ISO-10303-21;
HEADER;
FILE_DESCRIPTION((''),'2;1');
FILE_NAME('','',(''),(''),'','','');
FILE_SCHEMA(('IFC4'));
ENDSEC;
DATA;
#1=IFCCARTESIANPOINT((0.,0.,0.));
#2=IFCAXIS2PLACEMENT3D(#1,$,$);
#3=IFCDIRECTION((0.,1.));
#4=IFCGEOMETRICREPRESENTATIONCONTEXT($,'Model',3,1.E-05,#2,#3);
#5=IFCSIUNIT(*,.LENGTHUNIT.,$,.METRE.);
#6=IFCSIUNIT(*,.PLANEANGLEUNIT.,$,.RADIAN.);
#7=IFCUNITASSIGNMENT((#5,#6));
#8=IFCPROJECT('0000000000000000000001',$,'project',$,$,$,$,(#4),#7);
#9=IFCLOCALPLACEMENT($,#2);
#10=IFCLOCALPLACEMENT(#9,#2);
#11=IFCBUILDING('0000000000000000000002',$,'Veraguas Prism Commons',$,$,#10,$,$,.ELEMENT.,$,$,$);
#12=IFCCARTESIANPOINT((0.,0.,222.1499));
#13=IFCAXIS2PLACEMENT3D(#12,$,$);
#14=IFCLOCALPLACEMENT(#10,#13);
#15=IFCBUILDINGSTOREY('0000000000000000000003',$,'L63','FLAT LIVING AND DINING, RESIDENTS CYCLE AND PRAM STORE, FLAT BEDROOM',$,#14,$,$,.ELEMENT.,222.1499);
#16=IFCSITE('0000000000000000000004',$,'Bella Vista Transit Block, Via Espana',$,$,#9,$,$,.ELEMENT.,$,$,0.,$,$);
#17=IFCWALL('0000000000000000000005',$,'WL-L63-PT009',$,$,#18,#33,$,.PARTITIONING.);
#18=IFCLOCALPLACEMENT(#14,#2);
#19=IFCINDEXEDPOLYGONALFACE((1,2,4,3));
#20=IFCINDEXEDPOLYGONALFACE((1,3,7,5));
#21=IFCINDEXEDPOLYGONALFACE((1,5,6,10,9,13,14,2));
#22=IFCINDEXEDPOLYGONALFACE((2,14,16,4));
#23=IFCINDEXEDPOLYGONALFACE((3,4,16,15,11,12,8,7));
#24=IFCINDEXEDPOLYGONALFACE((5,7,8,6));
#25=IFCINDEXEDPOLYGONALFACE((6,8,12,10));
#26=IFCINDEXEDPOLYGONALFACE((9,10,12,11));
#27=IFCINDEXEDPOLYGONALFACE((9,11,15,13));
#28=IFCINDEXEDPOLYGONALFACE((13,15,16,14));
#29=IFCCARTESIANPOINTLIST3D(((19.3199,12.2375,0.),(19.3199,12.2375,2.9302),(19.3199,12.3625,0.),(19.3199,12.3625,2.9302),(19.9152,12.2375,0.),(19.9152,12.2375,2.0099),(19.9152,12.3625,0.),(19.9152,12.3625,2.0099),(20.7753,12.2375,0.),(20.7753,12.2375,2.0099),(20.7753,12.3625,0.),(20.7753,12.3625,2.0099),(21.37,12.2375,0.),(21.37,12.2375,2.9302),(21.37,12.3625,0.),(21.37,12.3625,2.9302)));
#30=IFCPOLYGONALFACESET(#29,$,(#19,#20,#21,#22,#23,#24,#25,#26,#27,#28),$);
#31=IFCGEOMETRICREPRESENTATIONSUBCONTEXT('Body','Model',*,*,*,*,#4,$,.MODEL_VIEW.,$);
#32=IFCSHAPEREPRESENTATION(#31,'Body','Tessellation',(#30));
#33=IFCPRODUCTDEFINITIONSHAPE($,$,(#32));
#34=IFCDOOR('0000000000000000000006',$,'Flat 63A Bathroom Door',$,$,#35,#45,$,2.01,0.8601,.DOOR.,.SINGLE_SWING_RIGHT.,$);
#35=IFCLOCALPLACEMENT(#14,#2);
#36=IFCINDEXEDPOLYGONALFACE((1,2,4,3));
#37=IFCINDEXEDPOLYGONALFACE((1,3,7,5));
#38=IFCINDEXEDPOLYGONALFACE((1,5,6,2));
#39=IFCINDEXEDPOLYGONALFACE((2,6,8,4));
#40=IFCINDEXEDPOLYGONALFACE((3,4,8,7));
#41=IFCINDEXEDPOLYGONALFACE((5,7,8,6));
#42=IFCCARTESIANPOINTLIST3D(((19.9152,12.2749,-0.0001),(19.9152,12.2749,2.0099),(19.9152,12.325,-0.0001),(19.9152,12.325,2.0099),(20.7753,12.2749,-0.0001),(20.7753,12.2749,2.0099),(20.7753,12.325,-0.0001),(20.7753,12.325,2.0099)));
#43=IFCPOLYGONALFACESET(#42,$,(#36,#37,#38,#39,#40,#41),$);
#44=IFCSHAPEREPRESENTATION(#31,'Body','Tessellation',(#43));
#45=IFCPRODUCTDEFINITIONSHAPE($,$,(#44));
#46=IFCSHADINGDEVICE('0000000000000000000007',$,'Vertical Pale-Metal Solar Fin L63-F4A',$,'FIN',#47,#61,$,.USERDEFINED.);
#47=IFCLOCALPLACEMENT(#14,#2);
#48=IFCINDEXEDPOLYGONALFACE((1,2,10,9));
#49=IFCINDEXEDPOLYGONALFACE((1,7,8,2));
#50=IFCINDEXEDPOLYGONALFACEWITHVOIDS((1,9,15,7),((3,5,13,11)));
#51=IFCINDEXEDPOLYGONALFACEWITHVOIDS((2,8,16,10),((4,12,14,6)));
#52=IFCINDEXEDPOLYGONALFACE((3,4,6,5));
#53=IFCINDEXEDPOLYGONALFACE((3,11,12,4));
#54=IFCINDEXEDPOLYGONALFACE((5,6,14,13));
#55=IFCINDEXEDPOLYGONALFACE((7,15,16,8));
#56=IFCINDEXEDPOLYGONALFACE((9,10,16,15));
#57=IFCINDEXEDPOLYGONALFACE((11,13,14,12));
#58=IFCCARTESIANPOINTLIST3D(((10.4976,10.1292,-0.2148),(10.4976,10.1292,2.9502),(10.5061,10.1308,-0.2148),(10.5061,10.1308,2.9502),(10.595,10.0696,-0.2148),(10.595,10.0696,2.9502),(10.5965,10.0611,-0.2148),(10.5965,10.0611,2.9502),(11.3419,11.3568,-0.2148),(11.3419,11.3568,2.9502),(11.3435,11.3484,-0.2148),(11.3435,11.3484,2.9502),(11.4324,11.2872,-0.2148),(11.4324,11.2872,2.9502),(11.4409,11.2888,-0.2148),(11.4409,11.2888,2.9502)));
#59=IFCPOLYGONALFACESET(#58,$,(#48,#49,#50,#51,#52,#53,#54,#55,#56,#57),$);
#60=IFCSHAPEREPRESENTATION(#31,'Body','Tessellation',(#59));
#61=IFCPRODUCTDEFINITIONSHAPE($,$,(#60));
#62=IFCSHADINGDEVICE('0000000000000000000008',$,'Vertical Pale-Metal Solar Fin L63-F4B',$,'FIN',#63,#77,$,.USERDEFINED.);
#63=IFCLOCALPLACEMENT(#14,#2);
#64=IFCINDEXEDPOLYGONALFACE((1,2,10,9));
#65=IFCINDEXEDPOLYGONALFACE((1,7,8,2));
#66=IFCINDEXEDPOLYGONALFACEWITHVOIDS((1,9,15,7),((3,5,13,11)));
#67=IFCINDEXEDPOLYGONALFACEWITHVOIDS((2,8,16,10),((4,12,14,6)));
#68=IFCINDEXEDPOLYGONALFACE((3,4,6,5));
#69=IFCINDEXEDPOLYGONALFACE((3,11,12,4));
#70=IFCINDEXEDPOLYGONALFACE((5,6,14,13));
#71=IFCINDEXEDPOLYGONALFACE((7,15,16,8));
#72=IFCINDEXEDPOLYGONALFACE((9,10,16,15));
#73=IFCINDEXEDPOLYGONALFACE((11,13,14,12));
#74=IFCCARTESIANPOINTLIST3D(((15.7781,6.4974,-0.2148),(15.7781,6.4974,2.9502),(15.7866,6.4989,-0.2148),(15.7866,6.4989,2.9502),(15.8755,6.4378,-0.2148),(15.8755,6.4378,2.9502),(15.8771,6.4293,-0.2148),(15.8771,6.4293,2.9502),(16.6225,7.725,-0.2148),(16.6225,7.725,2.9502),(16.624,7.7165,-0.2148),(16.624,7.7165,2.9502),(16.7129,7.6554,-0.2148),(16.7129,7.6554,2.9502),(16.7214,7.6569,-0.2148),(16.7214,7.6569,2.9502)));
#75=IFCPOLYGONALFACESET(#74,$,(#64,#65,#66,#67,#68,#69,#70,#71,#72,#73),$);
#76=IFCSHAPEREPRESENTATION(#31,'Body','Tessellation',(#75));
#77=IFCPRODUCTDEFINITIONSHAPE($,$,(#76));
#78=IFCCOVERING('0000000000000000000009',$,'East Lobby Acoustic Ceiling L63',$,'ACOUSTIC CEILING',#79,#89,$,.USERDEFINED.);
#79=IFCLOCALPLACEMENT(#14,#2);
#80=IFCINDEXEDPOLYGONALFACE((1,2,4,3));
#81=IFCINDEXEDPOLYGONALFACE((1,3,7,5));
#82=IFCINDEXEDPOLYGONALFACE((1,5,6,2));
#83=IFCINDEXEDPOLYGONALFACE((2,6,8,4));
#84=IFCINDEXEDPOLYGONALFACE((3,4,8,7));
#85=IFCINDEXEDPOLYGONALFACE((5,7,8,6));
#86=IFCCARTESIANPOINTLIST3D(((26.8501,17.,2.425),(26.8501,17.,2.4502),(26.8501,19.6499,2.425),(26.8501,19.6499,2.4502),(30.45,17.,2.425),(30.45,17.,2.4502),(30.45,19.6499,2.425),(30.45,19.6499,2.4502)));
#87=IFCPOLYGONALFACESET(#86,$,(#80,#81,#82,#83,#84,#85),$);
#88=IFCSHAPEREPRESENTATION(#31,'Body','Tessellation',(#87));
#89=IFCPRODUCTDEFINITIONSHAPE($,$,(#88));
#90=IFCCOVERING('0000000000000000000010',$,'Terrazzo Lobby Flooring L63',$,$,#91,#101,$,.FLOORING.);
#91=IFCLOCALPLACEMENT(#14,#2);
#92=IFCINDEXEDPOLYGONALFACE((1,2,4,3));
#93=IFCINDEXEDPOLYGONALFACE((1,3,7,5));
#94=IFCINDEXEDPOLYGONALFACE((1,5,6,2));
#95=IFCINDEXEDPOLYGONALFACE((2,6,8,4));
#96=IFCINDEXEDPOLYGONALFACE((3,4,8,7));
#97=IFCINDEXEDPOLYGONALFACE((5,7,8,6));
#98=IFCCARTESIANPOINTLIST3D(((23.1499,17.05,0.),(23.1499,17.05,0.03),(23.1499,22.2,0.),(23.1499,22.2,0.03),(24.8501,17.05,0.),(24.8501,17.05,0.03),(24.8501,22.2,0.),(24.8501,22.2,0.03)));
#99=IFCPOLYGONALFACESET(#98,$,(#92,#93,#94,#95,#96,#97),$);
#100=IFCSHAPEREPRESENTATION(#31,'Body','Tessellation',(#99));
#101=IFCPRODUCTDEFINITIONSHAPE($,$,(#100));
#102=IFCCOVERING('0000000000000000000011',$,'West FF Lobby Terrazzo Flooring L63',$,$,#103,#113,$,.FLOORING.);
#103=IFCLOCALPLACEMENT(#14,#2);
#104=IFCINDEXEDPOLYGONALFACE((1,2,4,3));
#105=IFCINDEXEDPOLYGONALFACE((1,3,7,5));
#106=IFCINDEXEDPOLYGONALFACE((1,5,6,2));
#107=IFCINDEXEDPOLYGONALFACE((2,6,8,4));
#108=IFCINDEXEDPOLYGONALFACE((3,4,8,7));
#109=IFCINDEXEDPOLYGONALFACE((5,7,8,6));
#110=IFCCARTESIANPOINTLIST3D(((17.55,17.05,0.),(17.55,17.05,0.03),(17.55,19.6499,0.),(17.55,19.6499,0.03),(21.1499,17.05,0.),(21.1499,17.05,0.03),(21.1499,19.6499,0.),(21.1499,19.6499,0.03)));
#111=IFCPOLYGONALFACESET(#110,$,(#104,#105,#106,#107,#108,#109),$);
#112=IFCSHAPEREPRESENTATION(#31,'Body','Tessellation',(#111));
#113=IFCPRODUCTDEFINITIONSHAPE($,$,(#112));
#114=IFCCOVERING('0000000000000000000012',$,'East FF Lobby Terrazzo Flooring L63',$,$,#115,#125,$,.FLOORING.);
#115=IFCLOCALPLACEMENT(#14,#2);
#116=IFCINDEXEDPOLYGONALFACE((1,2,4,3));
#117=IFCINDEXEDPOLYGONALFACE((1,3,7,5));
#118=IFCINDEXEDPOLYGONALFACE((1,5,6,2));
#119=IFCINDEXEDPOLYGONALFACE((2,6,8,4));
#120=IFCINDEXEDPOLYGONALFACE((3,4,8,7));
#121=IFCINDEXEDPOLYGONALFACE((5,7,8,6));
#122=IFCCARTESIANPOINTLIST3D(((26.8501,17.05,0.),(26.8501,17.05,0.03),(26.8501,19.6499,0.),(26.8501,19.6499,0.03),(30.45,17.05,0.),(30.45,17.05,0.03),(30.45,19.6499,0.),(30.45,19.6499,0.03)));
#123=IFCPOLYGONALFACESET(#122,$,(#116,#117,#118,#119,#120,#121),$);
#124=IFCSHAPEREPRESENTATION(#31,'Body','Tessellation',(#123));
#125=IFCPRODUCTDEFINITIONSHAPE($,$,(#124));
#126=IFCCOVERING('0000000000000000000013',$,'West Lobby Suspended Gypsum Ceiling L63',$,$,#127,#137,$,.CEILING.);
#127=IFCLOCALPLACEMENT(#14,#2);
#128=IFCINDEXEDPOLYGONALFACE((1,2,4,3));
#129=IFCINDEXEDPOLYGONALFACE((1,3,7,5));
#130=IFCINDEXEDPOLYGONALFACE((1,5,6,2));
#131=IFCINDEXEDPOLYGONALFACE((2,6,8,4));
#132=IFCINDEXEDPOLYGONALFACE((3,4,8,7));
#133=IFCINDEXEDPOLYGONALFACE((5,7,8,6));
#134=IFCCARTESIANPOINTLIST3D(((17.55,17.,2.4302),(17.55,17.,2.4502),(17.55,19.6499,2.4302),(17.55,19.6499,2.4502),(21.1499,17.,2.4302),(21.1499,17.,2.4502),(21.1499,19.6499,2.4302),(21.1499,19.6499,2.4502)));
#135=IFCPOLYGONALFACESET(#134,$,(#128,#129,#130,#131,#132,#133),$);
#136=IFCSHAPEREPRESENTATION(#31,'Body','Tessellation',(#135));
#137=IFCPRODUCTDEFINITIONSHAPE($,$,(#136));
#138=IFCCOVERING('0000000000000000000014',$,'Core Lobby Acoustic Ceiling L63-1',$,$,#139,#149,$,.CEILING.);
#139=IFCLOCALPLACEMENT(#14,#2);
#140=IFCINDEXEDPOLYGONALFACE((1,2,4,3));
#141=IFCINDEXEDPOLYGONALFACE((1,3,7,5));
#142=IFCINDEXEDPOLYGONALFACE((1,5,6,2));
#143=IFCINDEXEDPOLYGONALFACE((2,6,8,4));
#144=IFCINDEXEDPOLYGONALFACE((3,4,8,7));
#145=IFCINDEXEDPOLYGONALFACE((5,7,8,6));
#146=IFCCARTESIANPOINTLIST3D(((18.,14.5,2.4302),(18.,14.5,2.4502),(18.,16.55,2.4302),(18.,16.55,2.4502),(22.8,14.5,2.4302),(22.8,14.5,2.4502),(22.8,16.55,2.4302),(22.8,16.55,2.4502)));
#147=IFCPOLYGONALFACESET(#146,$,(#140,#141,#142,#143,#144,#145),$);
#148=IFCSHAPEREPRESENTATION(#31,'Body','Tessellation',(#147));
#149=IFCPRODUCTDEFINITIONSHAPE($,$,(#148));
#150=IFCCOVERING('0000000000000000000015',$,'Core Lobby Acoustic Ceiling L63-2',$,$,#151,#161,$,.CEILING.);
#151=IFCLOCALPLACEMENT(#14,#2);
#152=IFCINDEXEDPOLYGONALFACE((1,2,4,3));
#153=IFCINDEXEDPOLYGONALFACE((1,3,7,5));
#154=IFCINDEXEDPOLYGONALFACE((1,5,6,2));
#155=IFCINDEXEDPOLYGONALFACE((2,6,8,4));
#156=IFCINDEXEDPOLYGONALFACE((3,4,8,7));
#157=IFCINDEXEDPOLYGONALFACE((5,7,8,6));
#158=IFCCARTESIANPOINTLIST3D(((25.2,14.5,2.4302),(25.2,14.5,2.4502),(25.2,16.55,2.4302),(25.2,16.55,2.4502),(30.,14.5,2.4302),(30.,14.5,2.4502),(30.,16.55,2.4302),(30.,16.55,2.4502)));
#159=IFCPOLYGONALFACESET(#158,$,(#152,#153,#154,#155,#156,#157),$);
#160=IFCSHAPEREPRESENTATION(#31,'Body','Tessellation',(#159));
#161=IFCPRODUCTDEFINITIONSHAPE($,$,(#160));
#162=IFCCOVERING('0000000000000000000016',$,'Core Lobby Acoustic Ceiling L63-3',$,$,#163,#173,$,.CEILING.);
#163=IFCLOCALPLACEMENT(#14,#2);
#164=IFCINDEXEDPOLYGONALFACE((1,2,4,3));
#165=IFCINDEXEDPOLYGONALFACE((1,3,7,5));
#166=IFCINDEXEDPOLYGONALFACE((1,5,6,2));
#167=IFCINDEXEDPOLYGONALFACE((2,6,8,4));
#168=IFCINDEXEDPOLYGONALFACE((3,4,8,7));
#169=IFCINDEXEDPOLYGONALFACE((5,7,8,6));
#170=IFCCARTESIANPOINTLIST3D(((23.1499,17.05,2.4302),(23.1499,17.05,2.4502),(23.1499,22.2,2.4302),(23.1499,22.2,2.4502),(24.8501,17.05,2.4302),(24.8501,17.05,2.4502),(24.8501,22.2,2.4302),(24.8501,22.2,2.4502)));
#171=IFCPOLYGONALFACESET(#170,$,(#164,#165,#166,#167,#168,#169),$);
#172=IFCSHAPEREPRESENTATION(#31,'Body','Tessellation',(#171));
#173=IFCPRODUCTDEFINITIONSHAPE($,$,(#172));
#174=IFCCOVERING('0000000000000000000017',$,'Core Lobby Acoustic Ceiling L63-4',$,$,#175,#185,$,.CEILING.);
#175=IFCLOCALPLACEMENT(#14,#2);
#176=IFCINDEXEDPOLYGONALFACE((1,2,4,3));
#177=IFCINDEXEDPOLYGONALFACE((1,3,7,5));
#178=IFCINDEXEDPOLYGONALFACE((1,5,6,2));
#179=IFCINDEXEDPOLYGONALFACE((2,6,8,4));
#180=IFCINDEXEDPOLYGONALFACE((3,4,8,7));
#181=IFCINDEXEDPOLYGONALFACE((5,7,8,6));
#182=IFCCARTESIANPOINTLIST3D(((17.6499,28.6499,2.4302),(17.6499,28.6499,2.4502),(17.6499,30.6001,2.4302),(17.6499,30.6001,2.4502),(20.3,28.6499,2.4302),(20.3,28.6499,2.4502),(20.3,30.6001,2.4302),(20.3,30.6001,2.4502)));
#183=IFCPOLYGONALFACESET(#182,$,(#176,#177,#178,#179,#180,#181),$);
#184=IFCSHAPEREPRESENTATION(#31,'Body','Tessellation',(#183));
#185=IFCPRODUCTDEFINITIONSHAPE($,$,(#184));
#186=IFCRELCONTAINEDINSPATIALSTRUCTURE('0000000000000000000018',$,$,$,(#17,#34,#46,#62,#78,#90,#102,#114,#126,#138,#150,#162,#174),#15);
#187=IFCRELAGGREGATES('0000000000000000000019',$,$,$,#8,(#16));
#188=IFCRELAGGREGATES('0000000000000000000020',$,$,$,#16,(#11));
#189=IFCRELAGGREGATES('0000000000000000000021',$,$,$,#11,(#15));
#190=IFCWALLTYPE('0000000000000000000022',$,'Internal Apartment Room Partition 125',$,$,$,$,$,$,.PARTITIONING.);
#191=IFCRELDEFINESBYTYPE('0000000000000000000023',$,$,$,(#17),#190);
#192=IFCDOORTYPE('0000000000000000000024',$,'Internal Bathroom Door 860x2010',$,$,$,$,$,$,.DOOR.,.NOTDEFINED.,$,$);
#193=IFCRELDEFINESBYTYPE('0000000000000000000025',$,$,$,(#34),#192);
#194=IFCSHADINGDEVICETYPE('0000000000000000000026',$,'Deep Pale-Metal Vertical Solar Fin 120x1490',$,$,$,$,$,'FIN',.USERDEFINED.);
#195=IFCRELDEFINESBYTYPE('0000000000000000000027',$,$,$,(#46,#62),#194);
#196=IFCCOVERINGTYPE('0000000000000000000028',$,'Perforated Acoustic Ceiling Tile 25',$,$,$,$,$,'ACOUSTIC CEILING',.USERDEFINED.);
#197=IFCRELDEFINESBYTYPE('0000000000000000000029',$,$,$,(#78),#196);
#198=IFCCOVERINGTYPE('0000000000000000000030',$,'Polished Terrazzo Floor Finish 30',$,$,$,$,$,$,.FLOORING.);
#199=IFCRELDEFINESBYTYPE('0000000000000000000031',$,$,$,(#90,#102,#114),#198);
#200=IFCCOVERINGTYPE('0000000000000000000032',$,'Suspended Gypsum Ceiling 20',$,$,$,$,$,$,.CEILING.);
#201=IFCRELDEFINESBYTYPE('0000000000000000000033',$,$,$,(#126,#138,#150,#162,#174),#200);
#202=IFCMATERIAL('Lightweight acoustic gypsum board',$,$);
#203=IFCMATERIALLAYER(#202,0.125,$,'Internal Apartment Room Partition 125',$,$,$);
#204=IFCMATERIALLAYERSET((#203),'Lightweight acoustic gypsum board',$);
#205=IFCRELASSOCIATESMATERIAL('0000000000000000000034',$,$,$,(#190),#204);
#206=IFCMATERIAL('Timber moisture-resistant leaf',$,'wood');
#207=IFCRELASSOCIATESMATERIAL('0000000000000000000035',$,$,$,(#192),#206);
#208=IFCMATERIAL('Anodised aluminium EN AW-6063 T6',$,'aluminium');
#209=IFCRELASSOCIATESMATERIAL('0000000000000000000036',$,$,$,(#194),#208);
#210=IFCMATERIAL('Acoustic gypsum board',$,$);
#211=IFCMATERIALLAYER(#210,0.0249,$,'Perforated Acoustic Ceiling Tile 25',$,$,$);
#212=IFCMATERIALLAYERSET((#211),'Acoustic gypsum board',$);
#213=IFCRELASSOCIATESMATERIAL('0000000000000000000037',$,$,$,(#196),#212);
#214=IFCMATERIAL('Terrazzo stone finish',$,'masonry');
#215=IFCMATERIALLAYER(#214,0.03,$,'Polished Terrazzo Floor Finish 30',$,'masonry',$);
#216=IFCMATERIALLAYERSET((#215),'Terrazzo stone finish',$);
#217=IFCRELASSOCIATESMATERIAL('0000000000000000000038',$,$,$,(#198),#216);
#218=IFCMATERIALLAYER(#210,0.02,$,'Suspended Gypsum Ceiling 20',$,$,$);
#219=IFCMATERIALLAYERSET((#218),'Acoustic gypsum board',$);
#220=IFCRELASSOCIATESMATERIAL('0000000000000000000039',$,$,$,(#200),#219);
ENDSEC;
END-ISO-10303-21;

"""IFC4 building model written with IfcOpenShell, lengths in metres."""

from ifc_helpers import new_model, si_unit, direction, frame, frame_2d, origin, origin_2d, place, context, subcontext, project, spatial, polyline, rectangle, hollow_rectangle, outline, extrude, source, transform, mapped, material, layer, layer_set, material_profile, profile_set, type_object, element, fill, save


model = new_model("IFC4")

# Units and contexts
model_context = context("Model", 3, precision=1e-05, world=origin(), true_north=direction((0.0, 1.0)))
body_context = subcontext(model_context, "Body", "Model", "MODEL_VIEW")
ifc_project = project(units=[si_unit("LENGTHUNIT", "METRE"), si_unit("PLANEANGLEUNIT", "RADIAN")], contexts=[model_context])

# Site, building, storey
site_placement = place(None, origin())
site = spatial("IfcSite", under=ifc_project, at=site_placement, Name="Bella Vista Transit Block, Via Espana", CompositionType="ELEMENT", RefElevation=0.0)
building_placement = place(site_placement, origin())
building = spatial("IfcBuilding", under=site, at=building_placement, Name="Veraguas Prism Commons", CompositionType="ELEMENT")
storey_placement = place(building_placement, frame((0.0, 0.0, 222.1499)))
storey = spatial("IfcBuildingStorey", under=building, at=storey_placement, Name="L63", Description="FLAT LIVING AND DINING, RESIDENTS CYCLE AND PRAM STORE, FLAT BEDROOM", CompositionType="ELEMENT", Elevation=222.1499)

# Shared definitions
ifc_material_1 = material(Name="Anodised aluminium EN AW-6063 T6", Category="aluminium")

# Wall, opening, door
ifc_material_2 = material(Name="Lightweight acoustic gypsum board")
ifc_layer_1 = layer(ifc_material_2, 0.125, Name="Internal Apartment Room Partition 125")
ifc_layer_set_1 = layer_set([ifc_layer_1], Name="Lightweight acoustic gypsum board")
wall_type_1 = type_object("IfcWallType", Name="Internal Apartment Room Partition 125", PredefinedType="PARTITIONING", material=ifc_layer_set_1)
wall_1_placement = place(storey_placement, frame((19.3201, 12.3, 0.0), z_axis=(0.0, 0.0, 1.0), x_axis=(1.0, 0.0, 0.0)))
wall_1 = element("IfcWall", 1, at=wall_1_placement, inside=storey, type_object=wall_type_1, Name="WL-L63-PT009", PredefinedType="PARTITIONING", context=body_context, shape_type="SweptSolid", body=[
    extrude(rectangle(XDim=2.05, YDim=0.125, at=frame_2d((1.0249, 0.0))), origin(), (0.0, 0.0, 1.0), 2.9302),
])
opening_1_placement = place(wall_1_placement, frame((0.595, 0.0, 0.0)))
opening_1 = element("IfcOpeningElement", 2, at=opening_1_placement, cuts=wall_1, PredefinedType="OPENING", context=body_context, shape_type="SweptSolid", body=[
    extrude(rectangle(XDim=0.8601, YDim=2.01, at=frame_2d((0.4302, 1.0049))), frame((0.0, 0.0725, 0.0), z_axis=(0.0, -1.0, 0.0), x_axis=(1.0, 0.0, 0.0)), (0.0, 0.0, 1.0), 0.145),
])
ifc_material_3 = material(Name="Timber moisture-resistant leaf", Category="wood")
door_type_1 = type_object("IfcDoorType", Name="Internal Bathroom Door 860x2010", OperationType="NOTDEFINED", PredefinedType="DOOR", material=ifc_material_3)
shared_shape_1 = source(origin(), body_context, "Body", "SweptSolid", [
    extrude(rectangle(XDim=0.8601, YDim=2.01, at=frame_2d((0.4302, 1.0049))), frame((0.0, 0.0249, 0.0), z_axis=(0.0, -1.0, 0.0), x_axis=(1.0, 0.0, 0.0)), (0.0, 0.0, 1.0), 0.05),
])
door_1_placement = place(opening_1_placement, origin())
door_1 = element("IfcDoor", 3, at=door_1_placement, inside=storey, type_object=door_type_1, Name="Flat 63A Bathroom Door", OperationType="SINGLE_SWING_RIGHT", OverallHeight=2.01, OverallWidth=0.8601, PredefinedType="DOOR", context=body_context, shape_type="MappedRepresentation", body=[
    mapped(shared_shape_1, transform((0.0, 0.0, 0.0), scale=1.0)),
])
fill(opening_1, door_1)

# Shading devices
ifc_material_profile_1 = material_profile(ifc_material_1, hollow_rectangle(XDim=0.1201, YDim=1.49, WallThickness=0.0061, at=origin_2d()), Name="FIN120X1490X6")
ifc_profile_set_1 = profile_set([ifc_material_profile_1], Name="Anodised aluminium EN AW-6063 T6")
shading_device_type = type_object("IfcShadingDeviceType", Name="Deep Pale-Metal Vertical Solar Fin 120x1490", ElementType="FIN", PredefinedType="USERDEFINED", material=ifc_profile_set_1)
for number, where, z_axis, x_axis, name in (
    (4, (10.9692, 10.709, -0.2148), (0.0, 0.0, 1.0), (0.823925, -0.566698, 0.0), "Vertical Pale-Metal Solar Fin L63-F4A"),
    (5, (16.2498, 7.0771, -0.2148), (0.0, 0.0, 1.0), (0.823925, -0.566698, 0.0), "Vertical Pale-Metal Solar Fin L63-F4B"),
):
    element("IfcShadingDevice", number, at=place(storey_placement, frame(where, z_axis=z_axis, x_axis=x_axis)), inside=storey, type_object=shading_device_type, Name=name, ObjectType="FIN", PredefinedType="USERDEFINED", context=body_context, shape_type="SweptSolid", body=[
        extrude(hollow_rectangle(XDim=0.1201, YDim=1.49, WallThickness=0.0061, at=origin_2d()), origin(), (0.0, 0.0, 1.0), 3.165),
    ])

# Coverings
ifc_material_4 = material(Name="Acoustic gypsum board")
ifc_layer_2 = layer(ifc_material_4, 0.0249, Name="Perforated Acoustic Ceiling Tile 25")
ifc_layer_set_2 = layer_set([ifc_layer_2], Name="Acoustic gypsum board")
covering_type_1 = type_object("IfcCoveringType", Name="Perforated Acoustic Ceiling Tile 25", ElementType="ACOUSTIC CEILING", PredefinedType="USERDEFINED", material=ifc_layer_set_2)
covering_1_placement = place(storey_placement, frame((0.0, 0.0, 2.425)))
element("IfcCovering", 6, at=covering_1_placement, inside=storey, type_object=covering_type_1, Name="East Lobby Acoustic Ceiling L63", ObjectType="ACOUSTIC CEILING", PredefinedType="USERDEFINED", context=body_context, shape_type="SweptSolid", body=[
    extrude(outline(polyline([(26.8501, 17.0), (30.45, 17.0), (30.45, 19.6499), (26.8501, 19.6499), (26.8501, 17.0)])), origin(), (0.0, 0.0, 1.0), 0.0251),
])
ifc_material_5 = material(Name="Terrazzo stone finish", Category="masonry")
ifc_layer_3 = layer(ifc_material_5, 0.03, Name="Polished Terrazzo Floor Finish 30", Category="masonry")
ifc_layer_set_3 = layer_set([ifc_layer_3], Name="Terrazzo stone finish")
covering_type_2 = type_object("IfcCoveringType", Name="Polished Terrazzo Floor Finish 30", PredefinedType="FLOORING", material=ifc_layer_set_3)
covering_2_placement = place(storey_placement, origin())
element("IfcCovering", 7, at=covering_2_placement, inside=storey, type_object=covering_type_2, Name="Terrazzo Lobby Flooring L63", PredefinedType="FLOORING", context=body_context, shape_type="SweptSolid", body=[
    extrude(outline(polyline([(23.1499, 17.05), (24.8501, 17.05), (24.8501, 22.2), (23.1499, 22.2), (23.1499, 17.05)])), origin(), (0.0, 0.0, 1.0), 0.03),
])
covering_3_placement = place(storey_placement, origin())
element("IfcCovering", 8, at=covering_3_placement, inside=storey, type_object=covering_type_2, Name="West FF Lobby Terrazzo Flooring L63", PredefinedType="FLOORING", context=body_context, shape_type="SweptSolid", body=[
    extrude(outline(polyline([(17.55, 17.05), (21.1499, 17.05), (21.1499, 19.6499), (17.55, 19.6499), (17.55, 17.05)])), origin(), (0.0, 0.0, 1.0), 0.03),
])
covering_4_placement = place(storey_placement, origin())
element("IfcCovering", 9, at=covering_4_placement, inside=storey, type_object=covering_type_2, Name="East FF Lobby Terrazzo Flooring L63", PredefinedType="FLOORING", context=body_context, shape_type="SweptSolid", body=[
    extrude(outline(polyline([(26.8501, 17.05), (30.45, 17.05), (30.45, 19.6499), (26.8501, 19.6499), (26.8501, 17.05)])), origin(), (0.0, 0.0, 1.0), 0.03),
])
ifc_layer_4 = layer(ifc_material_4, 0.02, Name="Suspended Gypsum Ceiling 20")
ifc_layer_set_4 = layer_set([ifc_layer_4], Name="Acoustic gypsum board")
covering_type_3 = type_object("IfcCoveringType", Name="Suspended Gypsum Ceiling 20", PredefinedType="CEILING", material=ifc_layer_set_4)
covering_5_placement = place(storey_placement, frame((0.0, 0.0, 2.4302)))
element("IfcCovering", 10, at=covering_5_placement, inside=storey, type_object=covering_type_3, Name="West Lobby Suspended Gypsum Ceiling L63", PredefinedType="CEILING", context=body_context, shape_type="SweptSolid", body=[
    extrude(outline(polyline([(17.55, 17.0), (21.1499, 17.0), (21.1499, 19.6499), (17.55, 19.6499), (17.55, 17.0)])), origin(), (0.0, 0.0, 1.0), 0.02),
])
covering_6_placement = place(storey_placement, frame((0.0, 0.0, 2.4302)))
element("IfcCovering", 11, at=covering_6_placement, inside=storey, type_object=covering_type_3, Name="Core Lobby Acoustic Ceiling L63-1", PredefinedType="CEILING", context=body_context, shape_type="SweptSolid", body=[
    extrude(outline(polyline([(18.0, 14.5), (22.8, 14.5), (22.8, 16.55), (18.0, 16.55), (18.0, 14.5)])), origin(), (0.0, 0.0, 1.0), 0.02),
])
covering_7_placement = place(storey_placement, frame((0.0, 0.0, 2.4302)))
element("IfcCovering", 12, at=covering_7_placement, inside=storey, type_object=covering_type_3, Name="Core Lobby Acoustic Ceiling L63-2", PredefinedType="CEILING", context=body_context, shape_type="SweptSolid", body=[
    extrude(outline(polyline([(25.2, 14.5), (30.0, 14.5), (30.0, 16.55), (25.2, 16.55), (25.2, 14.5)])), origin(), (0.0, 0.0, 1.0), 0.02),
])
covering_8_placement = place(storey_placement, frame((0.0, 0.0, 2.4302)))
element("IfcCovering", 13, at=covering_8_placement, inside=storey, type_object=covering_type_3, Name="Core Lobby Acoustic Ceiling L63-3", PredefinedType="CEILING", context=body_context, shape_type="SweptSolid", body=[
    extrude(outline(polyline([(23.1499, 17.05), (24.8501, 17.05), (24.8501, 22.2), (23.1499, 22.2), (23.1499, 17.05)])), origin(), (0.0, 0.0, 1.0), 0.02),
])
covering_9_placement = place(storey_placement, frame((0.0, 0.0, 2.4302)))
element("IfcCovering", 14, at=covering_9_placement, inside=storey, type_object=covering_type_3, Name="Core Lobby Acoustic Ceiling L63-4", PredefinedType="CEILING", context=body_context, shape_type="SweptSolid", body=[
    extrude(outline(polyline([(17.6499, 28.6499), (20.3, 28.6499), (20.3, 30.6001), (17.6499, 30.6001), (17.6499, 28.6499)])), origin(), (0.0, 0.0, 1.0), 0.02),
])

save(model, "model.ifc")
